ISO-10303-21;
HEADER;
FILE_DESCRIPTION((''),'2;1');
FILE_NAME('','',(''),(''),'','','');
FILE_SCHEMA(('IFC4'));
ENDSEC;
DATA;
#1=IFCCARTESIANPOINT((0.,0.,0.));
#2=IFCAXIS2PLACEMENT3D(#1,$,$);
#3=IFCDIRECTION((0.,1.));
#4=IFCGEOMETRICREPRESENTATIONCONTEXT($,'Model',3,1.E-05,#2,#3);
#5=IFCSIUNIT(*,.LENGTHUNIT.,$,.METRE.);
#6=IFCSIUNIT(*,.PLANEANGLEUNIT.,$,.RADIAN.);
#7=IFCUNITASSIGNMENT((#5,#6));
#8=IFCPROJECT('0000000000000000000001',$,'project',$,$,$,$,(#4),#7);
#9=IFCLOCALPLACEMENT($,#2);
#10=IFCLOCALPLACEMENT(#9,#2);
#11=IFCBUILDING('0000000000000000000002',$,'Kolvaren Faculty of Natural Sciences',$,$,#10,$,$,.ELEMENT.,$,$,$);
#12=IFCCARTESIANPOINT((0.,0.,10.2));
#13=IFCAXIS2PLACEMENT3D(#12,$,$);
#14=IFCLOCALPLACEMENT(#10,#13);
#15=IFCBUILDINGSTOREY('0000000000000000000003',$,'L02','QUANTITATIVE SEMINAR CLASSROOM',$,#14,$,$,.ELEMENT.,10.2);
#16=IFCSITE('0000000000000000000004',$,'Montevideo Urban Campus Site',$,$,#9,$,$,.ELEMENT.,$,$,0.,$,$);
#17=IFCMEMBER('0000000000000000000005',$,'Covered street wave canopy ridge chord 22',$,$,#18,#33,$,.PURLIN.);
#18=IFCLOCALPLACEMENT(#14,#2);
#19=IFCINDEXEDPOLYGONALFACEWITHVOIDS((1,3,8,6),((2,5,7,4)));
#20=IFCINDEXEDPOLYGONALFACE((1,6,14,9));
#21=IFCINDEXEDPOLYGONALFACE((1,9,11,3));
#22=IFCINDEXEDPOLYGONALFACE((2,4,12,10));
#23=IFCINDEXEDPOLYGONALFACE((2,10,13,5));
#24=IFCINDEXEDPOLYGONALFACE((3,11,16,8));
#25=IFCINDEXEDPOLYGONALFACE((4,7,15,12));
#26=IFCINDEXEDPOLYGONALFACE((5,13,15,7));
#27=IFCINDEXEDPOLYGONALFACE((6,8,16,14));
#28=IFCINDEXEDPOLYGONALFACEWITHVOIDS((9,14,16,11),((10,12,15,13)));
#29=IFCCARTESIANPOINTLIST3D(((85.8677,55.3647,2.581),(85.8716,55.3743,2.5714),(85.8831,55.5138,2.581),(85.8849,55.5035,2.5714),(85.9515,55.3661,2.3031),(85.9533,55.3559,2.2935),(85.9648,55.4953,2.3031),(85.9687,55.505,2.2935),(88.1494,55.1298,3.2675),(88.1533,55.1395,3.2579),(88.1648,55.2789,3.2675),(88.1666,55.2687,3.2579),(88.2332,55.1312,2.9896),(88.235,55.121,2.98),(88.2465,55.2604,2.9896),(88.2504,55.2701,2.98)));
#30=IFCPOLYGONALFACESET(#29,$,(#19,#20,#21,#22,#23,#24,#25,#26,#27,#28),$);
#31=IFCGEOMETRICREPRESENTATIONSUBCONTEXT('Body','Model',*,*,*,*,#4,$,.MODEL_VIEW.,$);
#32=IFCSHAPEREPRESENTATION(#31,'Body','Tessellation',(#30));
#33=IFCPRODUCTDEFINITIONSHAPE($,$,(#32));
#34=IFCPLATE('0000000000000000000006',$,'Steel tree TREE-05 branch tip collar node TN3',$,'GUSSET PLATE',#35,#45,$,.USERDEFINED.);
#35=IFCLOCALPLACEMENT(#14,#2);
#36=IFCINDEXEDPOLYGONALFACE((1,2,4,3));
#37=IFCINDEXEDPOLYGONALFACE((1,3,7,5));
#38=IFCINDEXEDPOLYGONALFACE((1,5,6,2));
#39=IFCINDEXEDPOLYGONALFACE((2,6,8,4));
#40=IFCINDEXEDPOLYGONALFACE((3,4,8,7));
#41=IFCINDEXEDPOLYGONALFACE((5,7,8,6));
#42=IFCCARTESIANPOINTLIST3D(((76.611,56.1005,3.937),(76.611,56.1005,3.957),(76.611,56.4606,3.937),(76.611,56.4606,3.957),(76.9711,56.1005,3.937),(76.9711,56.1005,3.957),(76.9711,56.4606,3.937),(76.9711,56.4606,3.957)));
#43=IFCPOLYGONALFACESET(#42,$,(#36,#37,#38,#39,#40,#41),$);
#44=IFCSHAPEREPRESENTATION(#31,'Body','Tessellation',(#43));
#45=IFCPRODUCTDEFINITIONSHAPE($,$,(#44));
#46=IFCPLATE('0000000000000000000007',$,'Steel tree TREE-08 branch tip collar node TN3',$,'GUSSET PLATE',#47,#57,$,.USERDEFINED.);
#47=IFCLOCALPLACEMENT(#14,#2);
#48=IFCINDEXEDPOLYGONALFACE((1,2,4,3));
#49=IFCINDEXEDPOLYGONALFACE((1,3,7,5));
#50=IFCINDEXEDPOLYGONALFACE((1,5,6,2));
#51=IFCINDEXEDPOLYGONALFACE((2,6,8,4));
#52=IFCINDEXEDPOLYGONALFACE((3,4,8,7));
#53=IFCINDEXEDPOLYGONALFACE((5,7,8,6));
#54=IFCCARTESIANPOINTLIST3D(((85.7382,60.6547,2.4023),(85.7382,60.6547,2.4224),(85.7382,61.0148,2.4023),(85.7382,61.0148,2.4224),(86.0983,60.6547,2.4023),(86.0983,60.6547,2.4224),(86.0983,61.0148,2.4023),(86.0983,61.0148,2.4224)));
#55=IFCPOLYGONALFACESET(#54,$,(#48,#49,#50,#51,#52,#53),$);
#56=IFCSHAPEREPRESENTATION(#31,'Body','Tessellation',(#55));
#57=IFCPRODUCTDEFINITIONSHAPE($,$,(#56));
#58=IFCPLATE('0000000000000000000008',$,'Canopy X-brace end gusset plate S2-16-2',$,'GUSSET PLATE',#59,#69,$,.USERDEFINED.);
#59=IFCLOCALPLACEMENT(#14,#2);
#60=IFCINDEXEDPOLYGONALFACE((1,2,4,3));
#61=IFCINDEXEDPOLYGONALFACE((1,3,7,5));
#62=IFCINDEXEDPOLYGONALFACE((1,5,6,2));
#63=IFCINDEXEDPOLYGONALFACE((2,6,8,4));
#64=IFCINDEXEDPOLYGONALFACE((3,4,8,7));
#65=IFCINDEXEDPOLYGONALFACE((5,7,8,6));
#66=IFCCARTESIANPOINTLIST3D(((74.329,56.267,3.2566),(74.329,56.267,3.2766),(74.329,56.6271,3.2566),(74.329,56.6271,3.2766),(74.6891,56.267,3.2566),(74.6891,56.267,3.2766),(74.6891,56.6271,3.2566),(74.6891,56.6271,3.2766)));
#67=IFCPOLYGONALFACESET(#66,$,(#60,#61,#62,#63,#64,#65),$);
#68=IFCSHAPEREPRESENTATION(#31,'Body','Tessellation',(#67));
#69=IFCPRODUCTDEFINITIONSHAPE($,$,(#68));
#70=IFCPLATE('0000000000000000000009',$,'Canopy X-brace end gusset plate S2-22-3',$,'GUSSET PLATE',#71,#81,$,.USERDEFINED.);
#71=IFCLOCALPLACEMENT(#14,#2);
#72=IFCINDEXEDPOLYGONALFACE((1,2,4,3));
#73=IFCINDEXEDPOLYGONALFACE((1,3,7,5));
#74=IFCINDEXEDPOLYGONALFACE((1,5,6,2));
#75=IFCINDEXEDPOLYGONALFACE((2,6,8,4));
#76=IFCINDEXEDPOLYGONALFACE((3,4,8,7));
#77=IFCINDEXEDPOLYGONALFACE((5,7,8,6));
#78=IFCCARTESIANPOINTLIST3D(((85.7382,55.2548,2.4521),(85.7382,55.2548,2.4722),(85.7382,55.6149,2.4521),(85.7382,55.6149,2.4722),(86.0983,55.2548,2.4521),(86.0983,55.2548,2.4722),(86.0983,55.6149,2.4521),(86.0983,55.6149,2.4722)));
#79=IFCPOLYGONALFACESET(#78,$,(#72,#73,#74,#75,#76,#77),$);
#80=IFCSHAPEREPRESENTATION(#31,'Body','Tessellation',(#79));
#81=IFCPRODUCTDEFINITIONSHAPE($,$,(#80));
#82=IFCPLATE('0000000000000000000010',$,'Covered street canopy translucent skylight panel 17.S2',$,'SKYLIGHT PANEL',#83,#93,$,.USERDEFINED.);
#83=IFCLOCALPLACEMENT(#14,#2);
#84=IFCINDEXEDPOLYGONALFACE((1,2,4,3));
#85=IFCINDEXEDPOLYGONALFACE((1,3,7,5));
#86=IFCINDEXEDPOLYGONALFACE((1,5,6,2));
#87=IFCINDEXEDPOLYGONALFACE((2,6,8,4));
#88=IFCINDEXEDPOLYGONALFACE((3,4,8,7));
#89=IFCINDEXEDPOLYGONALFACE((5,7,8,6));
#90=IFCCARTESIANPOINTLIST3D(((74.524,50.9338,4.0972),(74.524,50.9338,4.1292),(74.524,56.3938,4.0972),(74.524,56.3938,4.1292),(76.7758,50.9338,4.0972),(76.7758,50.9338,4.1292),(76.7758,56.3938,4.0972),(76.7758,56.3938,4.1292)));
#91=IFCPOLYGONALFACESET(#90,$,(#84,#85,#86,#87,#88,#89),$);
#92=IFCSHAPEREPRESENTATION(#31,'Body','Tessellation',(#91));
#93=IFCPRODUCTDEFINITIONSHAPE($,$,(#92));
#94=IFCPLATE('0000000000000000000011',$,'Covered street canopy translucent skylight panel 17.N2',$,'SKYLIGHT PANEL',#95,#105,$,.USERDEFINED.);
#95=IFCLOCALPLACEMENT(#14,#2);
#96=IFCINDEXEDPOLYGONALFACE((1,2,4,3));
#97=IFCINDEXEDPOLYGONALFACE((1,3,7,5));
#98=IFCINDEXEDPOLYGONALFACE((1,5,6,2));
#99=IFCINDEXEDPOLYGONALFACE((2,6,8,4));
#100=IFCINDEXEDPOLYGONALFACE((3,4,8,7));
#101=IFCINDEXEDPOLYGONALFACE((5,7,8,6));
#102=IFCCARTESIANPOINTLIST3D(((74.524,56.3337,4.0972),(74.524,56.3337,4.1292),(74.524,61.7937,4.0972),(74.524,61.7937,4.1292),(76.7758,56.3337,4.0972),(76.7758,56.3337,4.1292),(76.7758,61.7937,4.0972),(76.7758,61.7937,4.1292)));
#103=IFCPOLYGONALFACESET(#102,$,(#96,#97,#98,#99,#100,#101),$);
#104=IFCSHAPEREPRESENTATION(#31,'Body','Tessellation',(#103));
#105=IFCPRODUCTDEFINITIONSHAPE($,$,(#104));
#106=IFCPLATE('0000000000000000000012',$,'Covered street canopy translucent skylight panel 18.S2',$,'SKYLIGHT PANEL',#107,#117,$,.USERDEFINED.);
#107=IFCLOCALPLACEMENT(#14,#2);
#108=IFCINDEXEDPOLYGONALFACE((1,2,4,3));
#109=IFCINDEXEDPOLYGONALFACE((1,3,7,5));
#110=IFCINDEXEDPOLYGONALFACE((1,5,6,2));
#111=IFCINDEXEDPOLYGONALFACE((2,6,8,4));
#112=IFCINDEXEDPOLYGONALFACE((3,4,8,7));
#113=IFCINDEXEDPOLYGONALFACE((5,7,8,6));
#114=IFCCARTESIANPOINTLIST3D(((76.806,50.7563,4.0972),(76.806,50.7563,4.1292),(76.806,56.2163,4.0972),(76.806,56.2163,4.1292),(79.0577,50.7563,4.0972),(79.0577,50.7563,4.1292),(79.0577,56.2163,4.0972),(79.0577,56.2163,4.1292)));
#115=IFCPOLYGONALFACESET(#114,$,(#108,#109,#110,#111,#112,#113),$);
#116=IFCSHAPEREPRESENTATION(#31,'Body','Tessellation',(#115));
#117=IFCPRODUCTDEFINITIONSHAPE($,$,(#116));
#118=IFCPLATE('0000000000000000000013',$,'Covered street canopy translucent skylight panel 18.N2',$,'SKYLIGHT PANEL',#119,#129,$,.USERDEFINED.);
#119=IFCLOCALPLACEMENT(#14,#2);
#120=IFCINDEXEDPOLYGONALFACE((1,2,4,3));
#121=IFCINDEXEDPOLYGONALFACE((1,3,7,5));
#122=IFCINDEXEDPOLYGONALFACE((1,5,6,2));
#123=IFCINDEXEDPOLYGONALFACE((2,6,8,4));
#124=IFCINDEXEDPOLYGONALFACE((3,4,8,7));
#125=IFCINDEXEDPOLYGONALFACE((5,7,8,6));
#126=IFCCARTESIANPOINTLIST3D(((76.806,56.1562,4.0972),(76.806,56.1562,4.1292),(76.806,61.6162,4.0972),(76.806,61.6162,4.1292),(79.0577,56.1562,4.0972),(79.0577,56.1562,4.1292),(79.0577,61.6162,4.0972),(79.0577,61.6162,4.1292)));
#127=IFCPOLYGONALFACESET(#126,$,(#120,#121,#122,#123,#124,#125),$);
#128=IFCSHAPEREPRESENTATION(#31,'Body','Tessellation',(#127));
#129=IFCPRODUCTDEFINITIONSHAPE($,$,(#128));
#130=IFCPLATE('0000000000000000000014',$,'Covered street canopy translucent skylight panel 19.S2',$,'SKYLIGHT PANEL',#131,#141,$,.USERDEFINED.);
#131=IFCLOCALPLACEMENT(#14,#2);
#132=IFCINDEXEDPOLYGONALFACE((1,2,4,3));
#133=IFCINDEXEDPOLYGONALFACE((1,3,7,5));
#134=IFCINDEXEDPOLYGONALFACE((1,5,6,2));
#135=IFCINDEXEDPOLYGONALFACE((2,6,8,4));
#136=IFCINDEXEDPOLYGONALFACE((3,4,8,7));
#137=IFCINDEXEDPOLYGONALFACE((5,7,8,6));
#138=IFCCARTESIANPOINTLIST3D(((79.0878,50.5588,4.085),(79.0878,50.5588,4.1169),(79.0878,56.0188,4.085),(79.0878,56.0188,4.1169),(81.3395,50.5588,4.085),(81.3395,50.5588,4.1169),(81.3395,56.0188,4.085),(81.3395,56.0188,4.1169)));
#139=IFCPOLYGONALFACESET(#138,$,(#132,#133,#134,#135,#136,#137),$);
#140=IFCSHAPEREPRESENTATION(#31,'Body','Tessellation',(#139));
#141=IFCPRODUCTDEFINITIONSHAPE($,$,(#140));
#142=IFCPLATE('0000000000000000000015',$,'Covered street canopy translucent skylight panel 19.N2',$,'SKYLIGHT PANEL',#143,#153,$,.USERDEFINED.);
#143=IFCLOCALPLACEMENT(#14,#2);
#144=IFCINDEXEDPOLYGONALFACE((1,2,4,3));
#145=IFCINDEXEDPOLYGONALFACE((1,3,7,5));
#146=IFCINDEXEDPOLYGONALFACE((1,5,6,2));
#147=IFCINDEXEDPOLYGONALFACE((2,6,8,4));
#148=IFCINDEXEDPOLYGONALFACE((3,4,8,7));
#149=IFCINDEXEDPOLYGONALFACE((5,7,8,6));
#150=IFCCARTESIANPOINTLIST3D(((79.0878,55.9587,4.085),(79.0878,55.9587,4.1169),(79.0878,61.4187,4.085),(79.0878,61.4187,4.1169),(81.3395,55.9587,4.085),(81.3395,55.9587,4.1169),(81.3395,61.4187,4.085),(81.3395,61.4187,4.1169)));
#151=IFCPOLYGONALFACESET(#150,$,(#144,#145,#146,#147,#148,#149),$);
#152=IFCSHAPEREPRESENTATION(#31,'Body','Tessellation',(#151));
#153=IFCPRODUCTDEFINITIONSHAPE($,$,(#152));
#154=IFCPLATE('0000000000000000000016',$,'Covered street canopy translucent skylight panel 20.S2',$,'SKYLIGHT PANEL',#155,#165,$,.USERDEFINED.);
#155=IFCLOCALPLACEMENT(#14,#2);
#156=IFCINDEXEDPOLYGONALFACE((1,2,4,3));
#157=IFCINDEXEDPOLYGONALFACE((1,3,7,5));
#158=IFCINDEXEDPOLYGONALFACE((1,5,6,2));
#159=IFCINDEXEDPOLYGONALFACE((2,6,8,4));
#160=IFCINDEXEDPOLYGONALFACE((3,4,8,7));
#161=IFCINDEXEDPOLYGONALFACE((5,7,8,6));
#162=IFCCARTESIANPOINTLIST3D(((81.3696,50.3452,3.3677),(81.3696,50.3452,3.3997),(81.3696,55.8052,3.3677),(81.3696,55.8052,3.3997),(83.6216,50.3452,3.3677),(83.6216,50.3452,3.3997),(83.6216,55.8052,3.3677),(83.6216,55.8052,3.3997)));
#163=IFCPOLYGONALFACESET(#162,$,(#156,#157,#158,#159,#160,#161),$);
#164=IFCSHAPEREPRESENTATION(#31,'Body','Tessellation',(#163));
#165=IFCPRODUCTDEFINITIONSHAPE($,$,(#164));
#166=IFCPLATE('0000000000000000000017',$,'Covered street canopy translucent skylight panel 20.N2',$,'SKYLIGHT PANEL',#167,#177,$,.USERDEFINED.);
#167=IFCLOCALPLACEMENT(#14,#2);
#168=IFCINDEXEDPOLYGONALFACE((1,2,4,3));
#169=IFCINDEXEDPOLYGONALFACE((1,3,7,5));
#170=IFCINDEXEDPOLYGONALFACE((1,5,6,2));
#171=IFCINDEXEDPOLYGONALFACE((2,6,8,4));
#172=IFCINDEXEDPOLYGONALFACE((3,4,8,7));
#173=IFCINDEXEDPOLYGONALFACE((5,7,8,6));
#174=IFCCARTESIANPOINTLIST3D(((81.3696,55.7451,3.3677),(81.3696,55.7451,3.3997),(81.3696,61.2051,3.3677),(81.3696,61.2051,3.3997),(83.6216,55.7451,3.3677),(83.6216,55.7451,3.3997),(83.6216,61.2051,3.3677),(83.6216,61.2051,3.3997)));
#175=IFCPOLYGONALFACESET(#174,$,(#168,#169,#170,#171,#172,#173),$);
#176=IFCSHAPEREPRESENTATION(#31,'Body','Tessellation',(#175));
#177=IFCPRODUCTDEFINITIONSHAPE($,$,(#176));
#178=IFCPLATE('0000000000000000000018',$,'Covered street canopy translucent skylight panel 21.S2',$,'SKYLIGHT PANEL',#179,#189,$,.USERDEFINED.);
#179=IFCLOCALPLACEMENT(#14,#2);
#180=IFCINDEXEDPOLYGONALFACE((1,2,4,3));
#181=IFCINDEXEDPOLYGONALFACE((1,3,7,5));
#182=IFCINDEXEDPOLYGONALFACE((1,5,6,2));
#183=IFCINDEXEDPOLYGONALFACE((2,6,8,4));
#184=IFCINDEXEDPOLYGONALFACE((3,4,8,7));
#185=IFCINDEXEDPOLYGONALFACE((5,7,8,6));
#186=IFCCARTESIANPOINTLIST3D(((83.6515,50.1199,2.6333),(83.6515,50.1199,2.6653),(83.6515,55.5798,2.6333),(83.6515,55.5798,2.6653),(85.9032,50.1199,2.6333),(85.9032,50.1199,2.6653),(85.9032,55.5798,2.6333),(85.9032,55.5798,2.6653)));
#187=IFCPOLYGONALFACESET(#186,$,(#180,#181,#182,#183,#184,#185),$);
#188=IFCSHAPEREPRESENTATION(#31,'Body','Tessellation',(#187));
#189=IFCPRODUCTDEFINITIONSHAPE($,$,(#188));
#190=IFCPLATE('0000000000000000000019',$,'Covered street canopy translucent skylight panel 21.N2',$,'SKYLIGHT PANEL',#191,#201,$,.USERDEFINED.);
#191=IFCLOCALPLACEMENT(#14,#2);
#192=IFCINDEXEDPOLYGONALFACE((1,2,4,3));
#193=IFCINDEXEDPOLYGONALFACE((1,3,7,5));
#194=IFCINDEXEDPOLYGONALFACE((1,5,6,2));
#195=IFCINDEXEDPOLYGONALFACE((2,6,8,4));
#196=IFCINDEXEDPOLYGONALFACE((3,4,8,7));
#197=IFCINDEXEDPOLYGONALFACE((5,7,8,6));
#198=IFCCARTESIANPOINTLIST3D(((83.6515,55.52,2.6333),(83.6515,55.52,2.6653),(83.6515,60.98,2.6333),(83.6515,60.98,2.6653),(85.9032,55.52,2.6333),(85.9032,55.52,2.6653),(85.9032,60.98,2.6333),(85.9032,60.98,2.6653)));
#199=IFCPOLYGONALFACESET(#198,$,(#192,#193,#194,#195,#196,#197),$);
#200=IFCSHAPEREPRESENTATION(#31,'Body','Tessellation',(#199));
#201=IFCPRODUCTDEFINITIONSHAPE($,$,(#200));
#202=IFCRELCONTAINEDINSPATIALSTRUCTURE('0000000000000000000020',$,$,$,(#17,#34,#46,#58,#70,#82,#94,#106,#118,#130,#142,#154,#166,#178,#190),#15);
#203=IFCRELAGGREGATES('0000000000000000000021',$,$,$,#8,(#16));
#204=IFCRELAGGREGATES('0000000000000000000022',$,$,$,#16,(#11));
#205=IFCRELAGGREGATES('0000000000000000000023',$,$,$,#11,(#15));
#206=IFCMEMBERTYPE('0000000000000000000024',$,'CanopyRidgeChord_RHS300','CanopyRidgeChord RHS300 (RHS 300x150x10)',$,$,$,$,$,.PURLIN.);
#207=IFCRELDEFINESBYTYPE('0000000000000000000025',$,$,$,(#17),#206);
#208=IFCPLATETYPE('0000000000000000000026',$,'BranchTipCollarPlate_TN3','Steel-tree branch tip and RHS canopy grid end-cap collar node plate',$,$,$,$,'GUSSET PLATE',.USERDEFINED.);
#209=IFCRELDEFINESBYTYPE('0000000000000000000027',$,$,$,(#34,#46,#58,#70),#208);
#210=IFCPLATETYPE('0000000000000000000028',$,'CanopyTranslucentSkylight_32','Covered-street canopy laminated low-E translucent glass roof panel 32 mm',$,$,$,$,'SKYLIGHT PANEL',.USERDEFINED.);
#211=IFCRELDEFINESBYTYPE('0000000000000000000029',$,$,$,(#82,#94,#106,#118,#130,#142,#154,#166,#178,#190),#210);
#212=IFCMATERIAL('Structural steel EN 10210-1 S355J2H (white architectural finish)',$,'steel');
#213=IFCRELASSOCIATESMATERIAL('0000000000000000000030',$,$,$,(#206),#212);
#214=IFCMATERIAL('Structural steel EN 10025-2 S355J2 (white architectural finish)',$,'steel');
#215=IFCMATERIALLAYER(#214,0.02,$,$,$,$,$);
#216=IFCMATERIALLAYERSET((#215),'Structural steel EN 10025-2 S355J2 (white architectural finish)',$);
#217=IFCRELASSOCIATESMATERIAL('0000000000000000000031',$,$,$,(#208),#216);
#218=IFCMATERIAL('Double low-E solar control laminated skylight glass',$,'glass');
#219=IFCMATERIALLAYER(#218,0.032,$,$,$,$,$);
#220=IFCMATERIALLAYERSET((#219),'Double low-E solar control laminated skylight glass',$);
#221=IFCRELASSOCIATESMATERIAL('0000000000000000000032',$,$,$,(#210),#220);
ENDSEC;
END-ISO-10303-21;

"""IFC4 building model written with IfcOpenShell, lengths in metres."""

from ifc_helpers import new_model, si_unit, direction, frame, origin, origin_2d, place, context, subcontext, project, spatial, rectangle, hollow_rectangle, extrude, material, layer, layer_set, material_profile, profile_set, type_object, element, save


model = new_model("IFC4")

# Units and contexts
model_context = context("Model", 3, precision=1e-05, world=origin(), true_north=direction((0.0, 1.0)))
body_context = subcontext(model_context, "Body", "Model", "MODEL_VIEW")
ifc_project = project(units=[si_unit("LENGTHUNIT", "METRE"), si_unit("PLANEANGLEUNIT", "RADIAN")], contexts=[model_context])

# Site, building, storey
site_placement = place(None, origin())
site = spatial("IfcSite", under=ifc_project, at=site_placement, Name="Montevideo Urban Campus Site", CompositionType="ELEMENT", RefElevation=0.0)
building_placement = place(site_placement, origin())
building = spatial("IfcBuilding", under=site, at=building_placement, Name="Kolvaren Faculty of Natural Sciences", CompositionType="ELEMENT")
storey_placement = place(building_placement, frame((0.0, 0.0, 10.2)))
storey = spatial("IfcBuildingStorey", under=building, at=storey_placement, Name="L02", Description="QUANTITATIVE SEMINAR CLASSROOM", CompositionType="ELEMENT", Elevation=10.2)

# Member
ifc_material_1 = material(Name="Structural steel EN 10210-1 S355J2H (white architectural finish)", Category="steel")
ifc_material_profile_1 = material_profile(ifc_material_1, hollow_rectangle(XDim=0.1499, YDim=0.3, WallThickness=0.01, at=origin_2d()), Name="RHS 300x150x10")
ifc_profile_set_1 = profile_set([ifc_material_profile_1], Name="Structural steel EN 10210-1 S355J2H (white architectural finish)")
member_type_1 = type_object("IfcMemberType", Name="CanopyRidgeChord_RHS300", Description="CanopyRidgeChord RHS300 (RHS 300x150x10)", PredefinedType="PURLIN", material=ifc_profile_set_1)
member_1_placement = place(storey_placement, frame((85.9182, 55.4348, 2.4373), z_axis=(0.952977, -0.098092, 0.286729), x_axis=(0.102391, 0.994744, 0.0)))
element("IfcMember", 1, at=member_1_placement, inside=storey, type_object=member_type_1, Name="Covered street wave canopy ridge chord 22", PredefinedType="PURLIN", context=body_context, shape_type="SweptSolid", body=[
    extrude(hollow_rectangle(XDim=0.1499, YDim=0.3, WallThickness=0.01, at=origin_2d()), origin(), (0.0, 0.0, 1.0), 2.3943),
])

# Plates
ifc_material_2 = material(Name="Structural steel EN 10025-2 S355J2 (white architectural finish)", Category="steel")
ifc_layer_1 = layer(ifc_material_2, 0.02)
ifc_layer_set_1 = layer_set([ifc_layer_1], Name="Structural steel EN 10025-2 S355J2 (white architectural finish)")
plate_type_1 = type_object("IfcPlateType", Name="BranchTipCollarPlate_TN3", Description="Steel-tree branch tip and RHS canopy grid end-cap collar node plate", ElementType="GUSSET PLATE", PredefinedType="USERDEFINED", material=ifc_layer_set_1)
for number, where, z_axis, x_axis, name in (
    (2, (76.791, 56.2805, 3.937), (0.0, 0.0, 1.0), (1.0, 0.0, 0.0), "Steel tree TREE-05 branch tip collar node TN3"),
    (3, (85.9182, 60.8347, 2.4023), (0.0, 0.0, 1.0), (1.0, 0.0, 0.0), "Steel tree TREE-08 branch tip collar node TN3"),
    (4, (74.509, 56.447, 3.2566), (0.0, 0.0, 1.0), (1.0, 0.0, 0.0), "Canopy X-brace end gusset plate S2-16-2"),
    (5, (85.9182, 55.4348, 2.4521), (0.0, 0.0, 1.0), (1.0, 0.0, 0.0), "Canopy X-brace end gusset plate S2-22-3"),
):
    element("IfcPlate", number, at=place(storey_placement, frame(where, z_axis=z_axis, x_axis=x_axis)), inside=storey, type_object=plate_type_1, Name=name, ObjectType="GUSSET PLATE", PredefinedType="USERDEFINED", context=body_context, shape_type="SweptSolid", body=[
        extrude(rectangle(XDim=0.3601, YDim=0.3601, at=origin_2d()), origin(), (0.0, 0.0, 1.0), 0.02),
    ])
ifc_material_3 = material(Name="Double low-E solar control laminated skylight glass", Category="glass")
ifc_layer_2 = layer(ifc_material_3, 0.032)
ifc_layer_set_2 = layer_set([ifc_layer_2], Name="Double low-E solar control laminated skylight glass")
plate_type_2 = type_object("IfcPlateType", Name="CanopyTranslucentSkylight_32", Description="Covered-street canopy laminated low-E translucent glass roof panel 32 mm", ElementType="SKYLIGHT PANEL", PredefinedType="USERDEFINED", material=ifc_layer_set_2)
for number, where, z_axis, x_axis, name in (
    (6, (75.6499, 53.6638, 4.0972), (0.0, 0.0, 1.0), (1.0, 0.0, 0.0), "Covered street canopy translucent skylight panel 17.S2"),
    (7, (75.6499, 59.0637, 4.0972), (0.0, 0.0, 1.0), (1.0, 0.0, 0.0), "Covered street canopy translucent skylight panel 17.N2"),
    (8, (77.9319, 53.4863, 4.0972), (0.0, 0.0, 1.0), (1.0, 0.0, 0.0), "Covered street canopy translucent skylight panel 18.S2"),
    (9, (77.9319, 58.8862, 4.0972), (0.0, 0.0, 1.0), (1.0, 0.0, 0.0), "Covered street canopy translucent skylight panel 18.N2"),
    (10, (80.2136, 53.2888, 4.085), (0.0, 0.0, 1.0), (1.0, 0.0, 0.0), "Covered street canopy translucent skylight panel 19.S2"),
    (11, (80.2136, 58.6887, 4.085), (0.0, 0.0, 1.0), (1.0, 0.0, 0.0), "Covered street canopy translucent skylight panel 19.N2"),
):
    element("IfcPlate", number, at=place(storey_placement, frame(where, z_axis=z_axis, x_axis=x_axis)), inside=storey, type_object=plate_type_2, Name=name, ObjectType="SKYLIGHT PANEL", PredefinedType="USERDEFINED", context=body_context, shape_type="SweptSolid", body=[
        extrude(rectangle(XDim=2.2517, YDim=5.46, at=origin_2d()), origin(), (0.0, 0.0, 1.0), 0.032),
    ])
for number, where, z_axis, x_axis, name in (
    (12, (82.4956, 53.0752, 3.3677), (0.0, 0.0, 1.0), (1.0, 0.0, 0.0), "Covered street canopy translucent skylight panel 20.S2"),
    (13, (82.4956, 58.4751, 3.3677), (0.0, 0.0, 1.0), (1.0, 0.0, 0.0), "Covered street canopy translucent skylight panel 20.N2"),
):
    element("IfcPlate", number, at=place(storey_placement, frame(where, z_axis=z_axis, x_axis=x_axis)), inside=storey, type_object=plate_type_2, Name=name, ObjectType="SKYLIGHT PANEL", PredefinedType="USERDEFINED", context=body_context, shape_type="SweptSolid", body=[
        extrude(rectangle(XDim=2.252, YDim=5.46, at=origin_2d()), origin(), (0.0, 0.0, 1.0), 0.032),
    ])
for number, where, z_axis, x_axis, name in (
    (14, (84.7773, 52.8499, 2.6333), (0.0, 0.0, 1.0), (1.0, 0.0, 0.0), "Covered street canopy translucent skylight panel 21.S2"),
    (15, (84.7773, 58.25, 2.6333), (0.0, 0.0, 1.0), (1.0, 0.0, 0.0), "Covered street canopy translucent skylight panel 21.N2"),
):
    element("IfcPlate", number, at=place(storey_placement, frame(where, z_axis=z_axis, x_axis=x_axis)), inside=storey, type_object=plate_type_2, Name=name, ObjectType="SKYLIGHT PANEL", PredefinedType="USERDEFINED", context=body_context, shape_type="SweptSolid", body=[
        extrude(rectangle(XDim=2.2517, YDim=5.46, at=origin_2d()), origin(), (0.0, 0.0, 1.0), 0.032),
    ])

save(model, "model.ifc")
